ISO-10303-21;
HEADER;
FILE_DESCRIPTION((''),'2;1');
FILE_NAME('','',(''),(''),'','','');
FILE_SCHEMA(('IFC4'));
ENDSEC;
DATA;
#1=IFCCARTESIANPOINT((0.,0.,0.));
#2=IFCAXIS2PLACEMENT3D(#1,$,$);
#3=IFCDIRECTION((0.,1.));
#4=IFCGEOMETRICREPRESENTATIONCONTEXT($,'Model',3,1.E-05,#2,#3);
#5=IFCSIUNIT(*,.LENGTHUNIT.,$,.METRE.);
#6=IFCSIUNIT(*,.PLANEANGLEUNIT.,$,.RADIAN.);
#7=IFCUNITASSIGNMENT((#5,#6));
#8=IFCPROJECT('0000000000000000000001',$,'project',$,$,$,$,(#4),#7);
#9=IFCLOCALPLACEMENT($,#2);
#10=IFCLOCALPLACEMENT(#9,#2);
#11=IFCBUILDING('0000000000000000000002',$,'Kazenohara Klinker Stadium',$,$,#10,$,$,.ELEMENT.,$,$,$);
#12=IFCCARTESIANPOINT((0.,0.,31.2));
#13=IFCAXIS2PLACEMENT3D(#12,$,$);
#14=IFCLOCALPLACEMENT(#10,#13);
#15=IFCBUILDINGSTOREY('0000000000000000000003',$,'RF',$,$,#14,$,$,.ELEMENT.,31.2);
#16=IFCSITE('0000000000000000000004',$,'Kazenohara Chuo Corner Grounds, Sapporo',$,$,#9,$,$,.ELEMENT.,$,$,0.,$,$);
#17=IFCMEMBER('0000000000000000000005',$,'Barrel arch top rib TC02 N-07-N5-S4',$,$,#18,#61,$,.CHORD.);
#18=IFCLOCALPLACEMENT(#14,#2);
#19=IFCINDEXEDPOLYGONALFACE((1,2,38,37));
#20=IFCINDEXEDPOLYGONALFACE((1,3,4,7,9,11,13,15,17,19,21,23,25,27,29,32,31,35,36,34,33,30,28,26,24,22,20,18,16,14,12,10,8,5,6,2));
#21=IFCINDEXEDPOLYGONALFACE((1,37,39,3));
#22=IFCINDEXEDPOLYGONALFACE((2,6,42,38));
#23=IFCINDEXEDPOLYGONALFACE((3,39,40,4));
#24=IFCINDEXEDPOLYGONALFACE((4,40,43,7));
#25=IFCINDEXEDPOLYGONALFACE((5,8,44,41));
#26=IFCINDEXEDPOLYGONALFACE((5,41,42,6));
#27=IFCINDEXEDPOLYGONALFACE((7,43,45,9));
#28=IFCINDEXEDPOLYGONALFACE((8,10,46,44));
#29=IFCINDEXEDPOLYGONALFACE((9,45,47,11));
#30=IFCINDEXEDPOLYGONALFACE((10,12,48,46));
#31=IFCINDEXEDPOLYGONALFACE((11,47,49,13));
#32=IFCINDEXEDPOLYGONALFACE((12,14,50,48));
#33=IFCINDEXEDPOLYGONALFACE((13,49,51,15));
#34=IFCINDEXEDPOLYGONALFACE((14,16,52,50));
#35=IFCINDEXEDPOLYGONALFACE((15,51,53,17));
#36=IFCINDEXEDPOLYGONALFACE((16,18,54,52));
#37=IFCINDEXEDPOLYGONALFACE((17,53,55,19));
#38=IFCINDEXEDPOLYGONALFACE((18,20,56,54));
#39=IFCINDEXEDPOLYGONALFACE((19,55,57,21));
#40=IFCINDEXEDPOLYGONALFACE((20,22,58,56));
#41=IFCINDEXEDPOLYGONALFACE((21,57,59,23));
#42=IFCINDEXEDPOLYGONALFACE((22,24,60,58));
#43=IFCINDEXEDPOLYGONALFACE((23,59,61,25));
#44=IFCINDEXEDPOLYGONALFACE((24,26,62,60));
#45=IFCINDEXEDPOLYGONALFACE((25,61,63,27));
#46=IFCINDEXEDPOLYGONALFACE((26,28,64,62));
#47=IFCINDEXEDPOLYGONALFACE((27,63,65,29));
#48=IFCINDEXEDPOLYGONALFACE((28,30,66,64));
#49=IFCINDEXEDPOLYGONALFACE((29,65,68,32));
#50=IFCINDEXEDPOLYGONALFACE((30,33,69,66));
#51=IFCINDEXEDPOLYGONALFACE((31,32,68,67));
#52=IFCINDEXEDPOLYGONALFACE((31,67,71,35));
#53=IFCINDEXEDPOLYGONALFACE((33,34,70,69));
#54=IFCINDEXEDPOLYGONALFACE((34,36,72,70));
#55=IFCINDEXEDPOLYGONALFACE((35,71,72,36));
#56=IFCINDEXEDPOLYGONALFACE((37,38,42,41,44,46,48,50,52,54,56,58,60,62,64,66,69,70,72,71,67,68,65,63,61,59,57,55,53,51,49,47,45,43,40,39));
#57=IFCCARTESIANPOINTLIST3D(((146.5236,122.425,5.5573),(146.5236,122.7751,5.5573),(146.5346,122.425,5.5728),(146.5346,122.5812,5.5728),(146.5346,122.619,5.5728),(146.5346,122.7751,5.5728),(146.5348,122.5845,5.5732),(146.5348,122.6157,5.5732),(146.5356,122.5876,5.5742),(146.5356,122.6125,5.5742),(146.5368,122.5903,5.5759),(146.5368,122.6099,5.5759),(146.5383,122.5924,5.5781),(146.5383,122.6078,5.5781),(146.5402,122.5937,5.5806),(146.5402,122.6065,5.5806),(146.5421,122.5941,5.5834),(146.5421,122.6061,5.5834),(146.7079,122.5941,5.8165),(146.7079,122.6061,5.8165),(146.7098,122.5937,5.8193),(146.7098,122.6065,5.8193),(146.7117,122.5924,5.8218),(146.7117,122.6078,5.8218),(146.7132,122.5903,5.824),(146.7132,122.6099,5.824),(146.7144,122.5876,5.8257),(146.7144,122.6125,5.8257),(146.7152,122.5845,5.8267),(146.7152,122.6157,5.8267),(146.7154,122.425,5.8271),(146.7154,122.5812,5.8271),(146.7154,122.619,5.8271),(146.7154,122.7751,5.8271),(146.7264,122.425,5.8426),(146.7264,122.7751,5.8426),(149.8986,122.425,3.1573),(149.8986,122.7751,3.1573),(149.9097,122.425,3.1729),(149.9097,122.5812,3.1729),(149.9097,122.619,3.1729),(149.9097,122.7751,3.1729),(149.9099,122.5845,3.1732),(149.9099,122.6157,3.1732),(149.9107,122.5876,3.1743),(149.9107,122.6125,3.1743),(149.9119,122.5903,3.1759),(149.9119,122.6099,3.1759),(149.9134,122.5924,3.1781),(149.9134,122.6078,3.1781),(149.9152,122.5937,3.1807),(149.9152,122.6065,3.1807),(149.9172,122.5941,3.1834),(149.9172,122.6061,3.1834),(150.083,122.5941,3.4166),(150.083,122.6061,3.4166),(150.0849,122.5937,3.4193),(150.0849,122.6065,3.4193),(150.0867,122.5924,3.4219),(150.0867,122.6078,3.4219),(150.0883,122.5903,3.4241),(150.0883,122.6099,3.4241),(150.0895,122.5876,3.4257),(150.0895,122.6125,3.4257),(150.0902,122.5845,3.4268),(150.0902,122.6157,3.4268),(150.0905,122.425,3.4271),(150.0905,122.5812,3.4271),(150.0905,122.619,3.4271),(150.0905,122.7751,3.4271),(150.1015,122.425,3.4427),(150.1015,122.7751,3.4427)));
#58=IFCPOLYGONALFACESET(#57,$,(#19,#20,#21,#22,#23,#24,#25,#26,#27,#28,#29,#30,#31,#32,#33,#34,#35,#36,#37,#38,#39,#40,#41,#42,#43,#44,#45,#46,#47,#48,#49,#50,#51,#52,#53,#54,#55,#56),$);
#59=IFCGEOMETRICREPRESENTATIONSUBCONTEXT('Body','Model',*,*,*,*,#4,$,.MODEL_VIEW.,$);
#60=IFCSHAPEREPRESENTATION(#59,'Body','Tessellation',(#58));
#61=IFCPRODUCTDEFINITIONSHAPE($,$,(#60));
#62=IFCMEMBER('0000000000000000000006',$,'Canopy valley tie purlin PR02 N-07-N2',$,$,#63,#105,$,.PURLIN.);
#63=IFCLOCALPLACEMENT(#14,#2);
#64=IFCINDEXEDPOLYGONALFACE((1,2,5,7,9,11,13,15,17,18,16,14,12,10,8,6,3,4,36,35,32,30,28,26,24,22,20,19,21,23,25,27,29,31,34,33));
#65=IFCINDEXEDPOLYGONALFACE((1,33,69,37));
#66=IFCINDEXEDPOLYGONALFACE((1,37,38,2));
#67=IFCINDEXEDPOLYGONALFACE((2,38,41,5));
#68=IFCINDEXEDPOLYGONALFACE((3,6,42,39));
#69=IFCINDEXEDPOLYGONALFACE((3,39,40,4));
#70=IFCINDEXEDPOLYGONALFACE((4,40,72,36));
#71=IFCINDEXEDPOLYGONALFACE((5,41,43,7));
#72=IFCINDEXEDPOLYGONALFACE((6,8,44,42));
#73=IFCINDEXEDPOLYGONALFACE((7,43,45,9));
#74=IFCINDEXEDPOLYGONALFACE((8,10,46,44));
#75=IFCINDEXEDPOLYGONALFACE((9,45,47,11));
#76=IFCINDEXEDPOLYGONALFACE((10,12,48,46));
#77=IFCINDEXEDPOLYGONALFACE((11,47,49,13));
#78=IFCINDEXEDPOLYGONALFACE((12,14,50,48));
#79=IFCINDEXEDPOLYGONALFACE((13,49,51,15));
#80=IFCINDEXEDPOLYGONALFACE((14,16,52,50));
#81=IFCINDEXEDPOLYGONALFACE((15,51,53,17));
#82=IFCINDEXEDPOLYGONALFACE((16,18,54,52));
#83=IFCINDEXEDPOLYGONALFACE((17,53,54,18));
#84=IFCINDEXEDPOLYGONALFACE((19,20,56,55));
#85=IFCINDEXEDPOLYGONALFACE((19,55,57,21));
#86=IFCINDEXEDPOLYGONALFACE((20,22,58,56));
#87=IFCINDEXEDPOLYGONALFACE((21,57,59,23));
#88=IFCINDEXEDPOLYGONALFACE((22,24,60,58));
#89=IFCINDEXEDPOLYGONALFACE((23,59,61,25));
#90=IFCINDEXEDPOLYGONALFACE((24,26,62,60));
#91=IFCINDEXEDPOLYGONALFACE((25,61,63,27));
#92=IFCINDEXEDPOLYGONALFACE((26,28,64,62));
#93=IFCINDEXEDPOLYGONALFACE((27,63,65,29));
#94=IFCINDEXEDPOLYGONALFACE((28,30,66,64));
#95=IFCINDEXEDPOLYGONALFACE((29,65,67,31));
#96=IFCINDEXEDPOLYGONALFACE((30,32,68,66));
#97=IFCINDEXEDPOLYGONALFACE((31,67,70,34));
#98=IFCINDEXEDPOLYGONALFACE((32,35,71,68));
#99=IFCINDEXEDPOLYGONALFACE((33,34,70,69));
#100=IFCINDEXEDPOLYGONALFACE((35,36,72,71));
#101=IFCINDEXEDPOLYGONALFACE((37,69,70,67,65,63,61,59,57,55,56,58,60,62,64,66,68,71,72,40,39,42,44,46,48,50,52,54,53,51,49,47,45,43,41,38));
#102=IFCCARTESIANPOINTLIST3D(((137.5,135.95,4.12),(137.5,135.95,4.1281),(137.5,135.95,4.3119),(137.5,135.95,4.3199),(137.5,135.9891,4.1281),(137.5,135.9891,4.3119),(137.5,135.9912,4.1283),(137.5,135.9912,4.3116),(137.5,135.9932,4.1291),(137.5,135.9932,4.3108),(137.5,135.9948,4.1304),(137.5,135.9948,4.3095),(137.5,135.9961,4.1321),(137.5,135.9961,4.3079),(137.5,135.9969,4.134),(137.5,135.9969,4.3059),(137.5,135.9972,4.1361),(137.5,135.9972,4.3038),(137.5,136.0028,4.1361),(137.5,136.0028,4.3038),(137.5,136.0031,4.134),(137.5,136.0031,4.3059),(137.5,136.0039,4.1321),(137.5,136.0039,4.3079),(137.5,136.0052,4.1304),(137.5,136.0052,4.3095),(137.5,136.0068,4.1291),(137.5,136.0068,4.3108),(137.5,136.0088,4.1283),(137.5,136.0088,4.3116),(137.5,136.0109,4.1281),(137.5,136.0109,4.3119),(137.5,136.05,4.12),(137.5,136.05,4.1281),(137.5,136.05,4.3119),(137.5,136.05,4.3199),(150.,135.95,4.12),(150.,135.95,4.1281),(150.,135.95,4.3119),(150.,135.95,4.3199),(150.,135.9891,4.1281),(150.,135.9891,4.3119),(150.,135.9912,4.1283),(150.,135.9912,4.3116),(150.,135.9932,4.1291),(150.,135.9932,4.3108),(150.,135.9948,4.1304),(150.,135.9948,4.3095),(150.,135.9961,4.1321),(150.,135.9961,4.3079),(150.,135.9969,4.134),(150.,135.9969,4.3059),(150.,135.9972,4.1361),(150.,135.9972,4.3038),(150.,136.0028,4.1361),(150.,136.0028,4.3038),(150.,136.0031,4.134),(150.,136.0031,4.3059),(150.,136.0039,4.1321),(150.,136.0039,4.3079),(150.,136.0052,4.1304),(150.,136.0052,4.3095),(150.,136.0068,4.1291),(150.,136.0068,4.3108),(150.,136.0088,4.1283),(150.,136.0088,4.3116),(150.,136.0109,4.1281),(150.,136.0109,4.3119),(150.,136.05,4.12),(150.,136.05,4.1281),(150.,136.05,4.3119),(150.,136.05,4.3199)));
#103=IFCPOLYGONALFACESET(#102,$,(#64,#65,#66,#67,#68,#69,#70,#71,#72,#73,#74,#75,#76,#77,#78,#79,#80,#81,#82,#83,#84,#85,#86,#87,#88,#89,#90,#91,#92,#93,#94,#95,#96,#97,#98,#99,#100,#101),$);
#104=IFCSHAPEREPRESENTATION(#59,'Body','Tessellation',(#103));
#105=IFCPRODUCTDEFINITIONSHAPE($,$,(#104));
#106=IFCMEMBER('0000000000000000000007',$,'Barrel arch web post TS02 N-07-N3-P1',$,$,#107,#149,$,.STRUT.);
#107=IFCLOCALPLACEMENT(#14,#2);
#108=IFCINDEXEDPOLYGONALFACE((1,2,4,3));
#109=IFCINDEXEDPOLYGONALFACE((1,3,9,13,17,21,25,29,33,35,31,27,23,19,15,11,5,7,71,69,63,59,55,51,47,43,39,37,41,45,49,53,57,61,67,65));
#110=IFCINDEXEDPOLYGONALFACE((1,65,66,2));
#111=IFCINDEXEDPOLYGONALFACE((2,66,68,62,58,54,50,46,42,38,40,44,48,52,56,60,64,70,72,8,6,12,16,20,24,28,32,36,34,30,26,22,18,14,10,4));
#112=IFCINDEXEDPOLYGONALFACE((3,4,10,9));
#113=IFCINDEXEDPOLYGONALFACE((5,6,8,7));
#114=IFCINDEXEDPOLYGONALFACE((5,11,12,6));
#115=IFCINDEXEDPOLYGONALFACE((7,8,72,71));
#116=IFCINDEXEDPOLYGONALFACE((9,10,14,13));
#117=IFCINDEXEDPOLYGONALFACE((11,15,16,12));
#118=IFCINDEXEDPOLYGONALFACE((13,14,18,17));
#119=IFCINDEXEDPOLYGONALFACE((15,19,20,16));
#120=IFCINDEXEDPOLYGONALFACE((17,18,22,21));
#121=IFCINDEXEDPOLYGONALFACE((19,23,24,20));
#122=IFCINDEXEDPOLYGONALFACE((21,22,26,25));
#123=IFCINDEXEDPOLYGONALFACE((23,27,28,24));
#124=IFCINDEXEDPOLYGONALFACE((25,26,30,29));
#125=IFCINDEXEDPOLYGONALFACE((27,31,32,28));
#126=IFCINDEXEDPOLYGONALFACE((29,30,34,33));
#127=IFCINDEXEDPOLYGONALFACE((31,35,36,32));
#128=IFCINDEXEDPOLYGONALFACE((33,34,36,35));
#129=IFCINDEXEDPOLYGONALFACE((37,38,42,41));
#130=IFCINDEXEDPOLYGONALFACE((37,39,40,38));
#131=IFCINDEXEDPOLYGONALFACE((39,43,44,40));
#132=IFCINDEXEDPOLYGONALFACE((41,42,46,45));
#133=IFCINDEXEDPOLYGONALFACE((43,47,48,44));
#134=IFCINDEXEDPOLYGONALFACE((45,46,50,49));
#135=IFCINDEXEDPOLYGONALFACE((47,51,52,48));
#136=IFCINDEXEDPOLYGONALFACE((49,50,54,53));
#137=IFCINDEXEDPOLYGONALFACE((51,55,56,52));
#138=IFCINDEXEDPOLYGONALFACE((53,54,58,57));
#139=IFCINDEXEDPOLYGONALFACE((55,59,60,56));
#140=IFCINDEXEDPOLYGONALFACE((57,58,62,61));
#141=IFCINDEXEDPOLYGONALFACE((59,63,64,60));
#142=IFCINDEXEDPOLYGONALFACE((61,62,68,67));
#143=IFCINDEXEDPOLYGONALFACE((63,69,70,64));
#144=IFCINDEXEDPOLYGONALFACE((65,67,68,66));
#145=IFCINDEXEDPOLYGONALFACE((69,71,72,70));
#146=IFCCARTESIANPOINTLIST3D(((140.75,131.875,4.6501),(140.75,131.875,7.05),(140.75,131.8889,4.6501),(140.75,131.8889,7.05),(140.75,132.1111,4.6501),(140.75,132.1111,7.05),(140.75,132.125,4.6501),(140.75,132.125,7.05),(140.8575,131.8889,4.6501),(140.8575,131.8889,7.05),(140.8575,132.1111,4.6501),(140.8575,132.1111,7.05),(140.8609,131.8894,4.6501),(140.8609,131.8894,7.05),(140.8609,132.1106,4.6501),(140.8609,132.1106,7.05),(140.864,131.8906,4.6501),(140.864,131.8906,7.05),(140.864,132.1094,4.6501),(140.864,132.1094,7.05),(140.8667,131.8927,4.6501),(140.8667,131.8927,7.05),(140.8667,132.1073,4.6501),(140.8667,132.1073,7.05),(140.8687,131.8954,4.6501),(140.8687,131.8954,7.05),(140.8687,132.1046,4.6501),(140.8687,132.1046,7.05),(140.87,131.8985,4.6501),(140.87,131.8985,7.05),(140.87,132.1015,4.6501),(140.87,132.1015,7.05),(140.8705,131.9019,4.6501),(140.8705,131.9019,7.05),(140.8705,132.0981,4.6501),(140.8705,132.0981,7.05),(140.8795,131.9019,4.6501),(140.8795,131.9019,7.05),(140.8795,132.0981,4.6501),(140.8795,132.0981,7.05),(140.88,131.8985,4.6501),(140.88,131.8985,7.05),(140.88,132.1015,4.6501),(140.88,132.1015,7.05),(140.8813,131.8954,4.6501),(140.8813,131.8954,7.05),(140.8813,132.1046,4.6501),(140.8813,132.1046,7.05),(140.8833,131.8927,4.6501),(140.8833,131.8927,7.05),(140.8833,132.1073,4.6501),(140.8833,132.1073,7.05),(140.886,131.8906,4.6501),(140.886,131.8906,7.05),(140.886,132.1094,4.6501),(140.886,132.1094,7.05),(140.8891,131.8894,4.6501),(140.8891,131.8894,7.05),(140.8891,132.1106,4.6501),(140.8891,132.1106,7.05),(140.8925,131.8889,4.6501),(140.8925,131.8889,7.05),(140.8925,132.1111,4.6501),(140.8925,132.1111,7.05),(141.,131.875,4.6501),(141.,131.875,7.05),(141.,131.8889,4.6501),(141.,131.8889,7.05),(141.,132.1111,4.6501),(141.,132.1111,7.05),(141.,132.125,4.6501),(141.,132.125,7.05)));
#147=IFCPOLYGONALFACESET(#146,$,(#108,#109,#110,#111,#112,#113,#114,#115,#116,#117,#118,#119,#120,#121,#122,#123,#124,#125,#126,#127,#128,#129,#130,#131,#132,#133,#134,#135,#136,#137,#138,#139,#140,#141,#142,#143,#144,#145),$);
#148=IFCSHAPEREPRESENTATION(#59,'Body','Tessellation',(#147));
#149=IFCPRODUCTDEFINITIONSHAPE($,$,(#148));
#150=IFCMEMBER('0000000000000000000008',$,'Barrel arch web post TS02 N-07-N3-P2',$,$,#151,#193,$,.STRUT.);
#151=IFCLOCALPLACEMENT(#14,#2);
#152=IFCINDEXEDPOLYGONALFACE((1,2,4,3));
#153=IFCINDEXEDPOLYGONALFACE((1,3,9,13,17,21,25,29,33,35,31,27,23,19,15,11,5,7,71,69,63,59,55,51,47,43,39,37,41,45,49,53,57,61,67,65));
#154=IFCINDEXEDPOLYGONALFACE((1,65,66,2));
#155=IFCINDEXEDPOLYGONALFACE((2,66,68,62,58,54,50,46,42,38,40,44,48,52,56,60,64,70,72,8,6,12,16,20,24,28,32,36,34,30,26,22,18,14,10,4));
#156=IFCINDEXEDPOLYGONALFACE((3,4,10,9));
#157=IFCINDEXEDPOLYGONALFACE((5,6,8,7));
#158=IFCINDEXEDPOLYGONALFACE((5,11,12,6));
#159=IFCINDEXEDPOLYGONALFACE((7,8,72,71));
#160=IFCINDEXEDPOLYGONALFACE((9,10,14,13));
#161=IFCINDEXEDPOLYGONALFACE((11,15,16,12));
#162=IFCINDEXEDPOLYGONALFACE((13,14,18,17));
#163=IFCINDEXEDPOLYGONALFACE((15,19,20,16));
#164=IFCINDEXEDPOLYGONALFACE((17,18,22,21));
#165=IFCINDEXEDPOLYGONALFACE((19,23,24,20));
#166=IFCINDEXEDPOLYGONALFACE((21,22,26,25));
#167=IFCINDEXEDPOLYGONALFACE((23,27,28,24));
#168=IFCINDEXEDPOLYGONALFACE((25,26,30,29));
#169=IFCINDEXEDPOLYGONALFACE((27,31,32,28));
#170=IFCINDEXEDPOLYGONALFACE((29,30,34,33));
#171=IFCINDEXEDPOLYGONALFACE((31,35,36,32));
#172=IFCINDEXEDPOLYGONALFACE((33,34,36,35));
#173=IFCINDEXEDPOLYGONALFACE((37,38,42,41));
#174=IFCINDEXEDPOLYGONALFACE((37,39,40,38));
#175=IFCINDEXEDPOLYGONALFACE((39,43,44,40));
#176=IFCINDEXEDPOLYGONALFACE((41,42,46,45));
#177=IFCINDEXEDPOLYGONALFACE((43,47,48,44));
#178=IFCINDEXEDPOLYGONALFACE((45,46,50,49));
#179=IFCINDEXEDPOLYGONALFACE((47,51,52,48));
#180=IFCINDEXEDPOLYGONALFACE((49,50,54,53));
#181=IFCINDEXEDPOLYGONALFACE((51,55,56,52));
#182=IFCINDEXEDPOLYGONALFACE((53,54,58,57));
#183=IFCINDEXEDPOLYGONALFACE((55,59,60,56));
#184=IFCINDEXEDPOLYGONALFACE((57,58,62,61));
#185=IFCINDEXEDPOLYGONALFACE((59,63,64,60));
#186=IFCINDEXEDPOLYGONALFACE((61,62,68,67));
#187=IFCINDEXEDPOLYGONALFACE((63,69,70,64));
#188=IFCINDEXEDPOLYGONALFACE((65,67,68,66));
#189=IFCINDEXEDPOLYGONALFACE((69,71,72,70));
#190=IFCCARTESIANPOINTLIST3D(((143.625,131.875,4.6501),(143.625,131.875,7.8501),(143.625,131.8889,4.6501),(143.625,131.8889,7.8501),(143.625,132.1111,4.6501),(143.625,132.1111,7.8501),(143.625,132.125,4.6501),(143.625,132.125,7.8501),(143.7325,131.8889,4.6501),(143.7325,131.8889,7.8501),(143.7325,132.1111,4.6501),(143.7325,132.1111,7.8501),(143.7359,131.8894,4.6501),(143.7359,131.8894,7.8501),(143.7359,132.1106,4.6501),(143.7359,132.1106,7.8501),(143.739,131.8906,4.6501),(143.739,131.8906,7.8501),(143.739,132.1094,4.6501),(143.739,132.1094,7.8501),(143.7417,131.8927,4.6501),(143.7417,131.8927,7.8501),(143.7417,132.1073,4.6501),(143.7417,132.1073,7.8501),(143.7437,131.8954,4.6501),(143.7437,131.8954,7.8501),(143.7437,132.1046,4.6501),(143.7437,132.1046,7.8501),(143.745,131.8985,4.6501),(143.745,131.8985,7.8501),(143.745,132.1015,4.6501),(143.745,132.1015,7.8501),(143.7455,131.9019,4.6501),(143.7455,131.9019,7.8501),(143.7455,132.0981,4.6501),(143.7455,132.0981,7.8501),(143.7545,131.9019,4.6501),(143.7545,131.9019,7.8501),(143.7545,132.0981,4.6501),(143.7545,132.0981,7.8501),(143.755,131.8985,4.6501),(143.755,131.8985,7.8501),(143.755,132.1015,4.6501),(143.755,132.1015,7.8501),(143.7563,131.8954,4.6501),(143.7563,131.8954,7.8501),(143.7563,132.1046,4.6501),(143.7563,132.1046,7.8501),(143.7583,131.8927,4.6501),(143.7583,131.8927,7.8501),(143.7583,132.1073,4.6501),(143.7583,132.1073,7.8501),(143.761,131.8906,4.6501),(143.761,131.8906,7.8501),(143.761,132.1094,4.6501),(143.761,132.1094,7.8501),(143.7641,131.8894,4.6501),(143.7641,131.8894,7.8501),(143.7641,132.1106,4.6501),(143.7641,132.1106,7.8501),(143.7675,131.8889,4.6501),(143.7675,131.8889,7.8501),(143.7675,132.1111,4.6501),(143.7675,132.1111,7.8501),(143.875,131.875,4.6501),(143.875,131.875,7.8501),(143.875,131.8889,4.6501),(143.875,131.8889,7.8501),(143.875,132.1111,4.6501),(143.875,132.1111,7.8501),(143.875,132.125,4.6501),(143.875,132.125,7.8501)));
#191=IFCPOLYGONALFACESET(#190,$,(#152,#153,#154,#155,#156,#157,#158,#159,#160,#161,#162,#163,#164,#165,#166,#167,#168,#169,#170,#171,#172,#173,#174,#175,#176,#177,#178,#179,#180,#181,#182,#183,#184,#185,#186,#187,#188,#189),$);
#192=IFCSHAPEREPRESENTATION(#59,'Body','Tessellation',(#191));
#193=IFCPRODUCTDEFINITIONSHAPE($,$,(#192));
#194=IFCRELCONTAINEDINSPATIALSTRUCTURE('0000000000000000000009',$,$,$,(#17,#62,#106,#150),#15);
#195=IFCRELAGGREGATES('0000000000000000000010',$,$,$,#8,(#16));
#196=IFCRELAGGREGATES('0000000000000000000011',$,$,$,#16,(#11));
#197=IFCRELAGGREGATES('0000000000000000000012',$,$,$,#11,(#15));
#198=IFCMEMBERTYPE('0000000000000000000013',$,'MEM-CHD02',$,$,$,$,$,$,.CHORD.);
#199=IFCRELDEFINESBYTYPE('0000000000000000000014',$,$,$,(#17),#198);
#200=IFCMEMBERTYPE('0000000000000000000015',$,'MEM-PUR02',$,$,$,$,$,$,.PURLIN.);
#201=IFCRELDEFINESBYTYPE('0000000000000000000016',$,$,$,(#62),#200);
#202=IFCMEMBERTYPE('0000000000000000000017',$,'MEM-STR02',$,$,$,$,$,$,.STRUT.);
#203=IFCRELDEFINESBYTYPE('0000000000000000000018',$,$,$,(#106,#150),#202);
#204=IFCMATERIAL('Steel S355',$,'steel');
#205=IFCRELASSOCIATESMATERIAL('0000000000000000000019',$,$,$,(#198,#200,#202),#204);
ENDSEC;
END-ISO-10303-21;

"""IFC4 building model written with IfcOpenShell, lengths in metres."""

from ifc_helpers import new_model, si_unit, direction, frame, origin, origin_2d, place, context, subcontext, project, spatial, i_section, extrude, material, material_profile, profile_set, type_object, element, save


model = new_model("IFC4")

# Units and contexts
model_context = context("Model", 3, precision=1e-05, world=origin(), true_north=direction((0.0, 1.0)))
body_context = subcontext(model_context, "Body", "Model", "MODEL_VIEW")
ifc_project = project(units=[si_unit("LENGTHUNIT", "METRE"), si_unit("PLANEANGLEUNIT", "RADIAN")], contexts=[model_context])

# Site, building, storey
site_placement = place(None, origin())
site = spatial("IfcSite", under=ifc_project, at=site_placement, Name="Kazenohara Chuo Corner Grounds, Sapporo", CompositionType="ELEMENT", RefElevation=0.0)
building_placement = place(site_placement, origin())
building = spatial("IfcBuilding", under=site, at=building_placement, Name="Kazenohara Klinker Stadium", CompositionType="ELEMENT")
storey_placement = place(building_placement, frame((0.0, 0.0, 31.2)))
storey = spatial("IfcBuildingStorey", under=building, at=storey_placement, Name="RF", CompositionType="ELEMENT", Elevation=31.2)

# Members
ifc_material_1 = material(Name="Steel S355", Category="steel")
ifc_material_profile_1 = material_profile(ifc_material_1, i_section(OverallWidth=0.3501, OverallDepth=0.3501, WebThickness=0.012, FlangeThickness=0.019, FilletRadius=0.0129, at=origin_2d()), Name="H-350x350x12x19")
ifc_profile_set_1 = profile_set([ifc_material_profile_1], Name="Steel S355")
member_type_1 = type_object("IfcMemberType", Name="MEM-CHD02", PredefinedType="CHORD", material=ifc_profile_set_1)
member_1_placement = place(storey_placement, frame((146.625, 122.6001, 5.7), z_axis=(0.814966, 0.0, -0.579508), x_axis=(0.0, 1.0, 0.0)))
element("IfcMember", 1, at=member_1_placement, inside=storey, type_object=member_type_1, Name="Barrel arch top rib TC02 N-07-N5-S4", PredefinedType="CHORD", context=body_context, shape_type="SweptSolid", body=[
    extrude(i_section(OverallWidth=0.3501, OverallDepth=0.3501, WebThickness=0.012, FlangeThickness=0.019, FilletRadius=0.0129, at=origin_2d()), origin(), (0.0, 0.0, 1.0), 4.1414),
])
ifc_material_profile_2 = material_profile(ifc_material_1, i_section(OverallWidth=0.1001, OverallDepth=0.2, WebThickness=0.0056, FlangeThickness=0.0081, FilletRadius=0.0081, at=origin_2d()), Name="H-200x100x5.5x8")
ifc_profile_set_2 = profile_set([ifc_material_profile_2], Name="Steel S355")
member_type_2 = type_object("IfcMemberType", Name="MEM-PUR02", PredefinedType="PURLIN", material=ifc_profile_set_2)
member_2_placement = place(storey_placement, frame((137.5, 136.0, 4.22), z_axis=(1.0, 0.0, 0.0), x_axis=(0.0, 1.0, 0.0)))
element("IfcMember", 2, at=member_2_placement, inside=storey, type_object=member_type_2, Name="Canopy valley tie purlin PR02 N-07-N2", PredefinedType="PURLIN", context=body_context, shape_type="SweptSolid", body=[
    extrude(i_section(OverallWidth=0.1001, OverallDepth=0.2, WebThickness=0.0056, FlangeThickness=0.0081, FilletRadius=0.0081, at=origin_2d()), origin(), (0.0, 0.0, 1.0), 12.5),
])
ifc_material_profile_3 = material_profile(ifc_material_1, i_section(OverallWidth=0.25, OverallDepth=0.25, WebThickness=0.009, FlangeThickness=0.0139, FilletRadius=0.0129, at=origin_2d()), Name="H-250x250x9x14")
ifc_profile_set_3 = profile_set([ifc_material_profile_3], Name="Steel S355")
member_type_3 = type_object("IfcMemberType", Name="MEM-STR02", PredefinedType="STRUT", material=ifc_profile_set_3)
member_3_placement = place(storey_placement, frame((140.875, 132.0, 4.6501), z_axis=(0.0, 0.0, 1.0), x_axis=(1.0, 0.0, 0.0)))
element("IfcMember", 3, at=member_3_placement, inside=storey, type_object=member_type_3, Name="Barrel arch web post TS02 N-07-N3-P1", PredefinedType="STRUT", context=body_context, shape_type="SweptSolid", body=[
    extrude(i_section(OverallWidth=0.25, OverallDepth=0.25, WebThickness=0.009, FlangeThickness=0.0139, FilletRadius=0.0129, at=origin_2d()), origin(), (0.0, 0.0, 1.0), 2.3999),
])
member_4_placement = place(storey_placement, frame((143.75, 132.0, 4.6501), z_axis=(0.0, 0.0, 1.0), x_axis=(1.0, 0.0, 0.0)))
element("IfcMember", 4, at=member_4_placement, inside=storey, type_object=member_type_3, Name="Barrel arch web post TS02 N-07-N3-P2", PredefinedType="STRUT", context=body_context, shape_type="SweptSolid", body=[
    extrude(i_section(OverallWidth=0.25, OverallDepth=0.25, WebThickness=0.009, FlangeThickness=0.0139, FilletRadius=0.0129, at=origin_2d()), origin(), (0.0, 0.0, 1.0), 3.2),
])

save(model, "model.ifc")
